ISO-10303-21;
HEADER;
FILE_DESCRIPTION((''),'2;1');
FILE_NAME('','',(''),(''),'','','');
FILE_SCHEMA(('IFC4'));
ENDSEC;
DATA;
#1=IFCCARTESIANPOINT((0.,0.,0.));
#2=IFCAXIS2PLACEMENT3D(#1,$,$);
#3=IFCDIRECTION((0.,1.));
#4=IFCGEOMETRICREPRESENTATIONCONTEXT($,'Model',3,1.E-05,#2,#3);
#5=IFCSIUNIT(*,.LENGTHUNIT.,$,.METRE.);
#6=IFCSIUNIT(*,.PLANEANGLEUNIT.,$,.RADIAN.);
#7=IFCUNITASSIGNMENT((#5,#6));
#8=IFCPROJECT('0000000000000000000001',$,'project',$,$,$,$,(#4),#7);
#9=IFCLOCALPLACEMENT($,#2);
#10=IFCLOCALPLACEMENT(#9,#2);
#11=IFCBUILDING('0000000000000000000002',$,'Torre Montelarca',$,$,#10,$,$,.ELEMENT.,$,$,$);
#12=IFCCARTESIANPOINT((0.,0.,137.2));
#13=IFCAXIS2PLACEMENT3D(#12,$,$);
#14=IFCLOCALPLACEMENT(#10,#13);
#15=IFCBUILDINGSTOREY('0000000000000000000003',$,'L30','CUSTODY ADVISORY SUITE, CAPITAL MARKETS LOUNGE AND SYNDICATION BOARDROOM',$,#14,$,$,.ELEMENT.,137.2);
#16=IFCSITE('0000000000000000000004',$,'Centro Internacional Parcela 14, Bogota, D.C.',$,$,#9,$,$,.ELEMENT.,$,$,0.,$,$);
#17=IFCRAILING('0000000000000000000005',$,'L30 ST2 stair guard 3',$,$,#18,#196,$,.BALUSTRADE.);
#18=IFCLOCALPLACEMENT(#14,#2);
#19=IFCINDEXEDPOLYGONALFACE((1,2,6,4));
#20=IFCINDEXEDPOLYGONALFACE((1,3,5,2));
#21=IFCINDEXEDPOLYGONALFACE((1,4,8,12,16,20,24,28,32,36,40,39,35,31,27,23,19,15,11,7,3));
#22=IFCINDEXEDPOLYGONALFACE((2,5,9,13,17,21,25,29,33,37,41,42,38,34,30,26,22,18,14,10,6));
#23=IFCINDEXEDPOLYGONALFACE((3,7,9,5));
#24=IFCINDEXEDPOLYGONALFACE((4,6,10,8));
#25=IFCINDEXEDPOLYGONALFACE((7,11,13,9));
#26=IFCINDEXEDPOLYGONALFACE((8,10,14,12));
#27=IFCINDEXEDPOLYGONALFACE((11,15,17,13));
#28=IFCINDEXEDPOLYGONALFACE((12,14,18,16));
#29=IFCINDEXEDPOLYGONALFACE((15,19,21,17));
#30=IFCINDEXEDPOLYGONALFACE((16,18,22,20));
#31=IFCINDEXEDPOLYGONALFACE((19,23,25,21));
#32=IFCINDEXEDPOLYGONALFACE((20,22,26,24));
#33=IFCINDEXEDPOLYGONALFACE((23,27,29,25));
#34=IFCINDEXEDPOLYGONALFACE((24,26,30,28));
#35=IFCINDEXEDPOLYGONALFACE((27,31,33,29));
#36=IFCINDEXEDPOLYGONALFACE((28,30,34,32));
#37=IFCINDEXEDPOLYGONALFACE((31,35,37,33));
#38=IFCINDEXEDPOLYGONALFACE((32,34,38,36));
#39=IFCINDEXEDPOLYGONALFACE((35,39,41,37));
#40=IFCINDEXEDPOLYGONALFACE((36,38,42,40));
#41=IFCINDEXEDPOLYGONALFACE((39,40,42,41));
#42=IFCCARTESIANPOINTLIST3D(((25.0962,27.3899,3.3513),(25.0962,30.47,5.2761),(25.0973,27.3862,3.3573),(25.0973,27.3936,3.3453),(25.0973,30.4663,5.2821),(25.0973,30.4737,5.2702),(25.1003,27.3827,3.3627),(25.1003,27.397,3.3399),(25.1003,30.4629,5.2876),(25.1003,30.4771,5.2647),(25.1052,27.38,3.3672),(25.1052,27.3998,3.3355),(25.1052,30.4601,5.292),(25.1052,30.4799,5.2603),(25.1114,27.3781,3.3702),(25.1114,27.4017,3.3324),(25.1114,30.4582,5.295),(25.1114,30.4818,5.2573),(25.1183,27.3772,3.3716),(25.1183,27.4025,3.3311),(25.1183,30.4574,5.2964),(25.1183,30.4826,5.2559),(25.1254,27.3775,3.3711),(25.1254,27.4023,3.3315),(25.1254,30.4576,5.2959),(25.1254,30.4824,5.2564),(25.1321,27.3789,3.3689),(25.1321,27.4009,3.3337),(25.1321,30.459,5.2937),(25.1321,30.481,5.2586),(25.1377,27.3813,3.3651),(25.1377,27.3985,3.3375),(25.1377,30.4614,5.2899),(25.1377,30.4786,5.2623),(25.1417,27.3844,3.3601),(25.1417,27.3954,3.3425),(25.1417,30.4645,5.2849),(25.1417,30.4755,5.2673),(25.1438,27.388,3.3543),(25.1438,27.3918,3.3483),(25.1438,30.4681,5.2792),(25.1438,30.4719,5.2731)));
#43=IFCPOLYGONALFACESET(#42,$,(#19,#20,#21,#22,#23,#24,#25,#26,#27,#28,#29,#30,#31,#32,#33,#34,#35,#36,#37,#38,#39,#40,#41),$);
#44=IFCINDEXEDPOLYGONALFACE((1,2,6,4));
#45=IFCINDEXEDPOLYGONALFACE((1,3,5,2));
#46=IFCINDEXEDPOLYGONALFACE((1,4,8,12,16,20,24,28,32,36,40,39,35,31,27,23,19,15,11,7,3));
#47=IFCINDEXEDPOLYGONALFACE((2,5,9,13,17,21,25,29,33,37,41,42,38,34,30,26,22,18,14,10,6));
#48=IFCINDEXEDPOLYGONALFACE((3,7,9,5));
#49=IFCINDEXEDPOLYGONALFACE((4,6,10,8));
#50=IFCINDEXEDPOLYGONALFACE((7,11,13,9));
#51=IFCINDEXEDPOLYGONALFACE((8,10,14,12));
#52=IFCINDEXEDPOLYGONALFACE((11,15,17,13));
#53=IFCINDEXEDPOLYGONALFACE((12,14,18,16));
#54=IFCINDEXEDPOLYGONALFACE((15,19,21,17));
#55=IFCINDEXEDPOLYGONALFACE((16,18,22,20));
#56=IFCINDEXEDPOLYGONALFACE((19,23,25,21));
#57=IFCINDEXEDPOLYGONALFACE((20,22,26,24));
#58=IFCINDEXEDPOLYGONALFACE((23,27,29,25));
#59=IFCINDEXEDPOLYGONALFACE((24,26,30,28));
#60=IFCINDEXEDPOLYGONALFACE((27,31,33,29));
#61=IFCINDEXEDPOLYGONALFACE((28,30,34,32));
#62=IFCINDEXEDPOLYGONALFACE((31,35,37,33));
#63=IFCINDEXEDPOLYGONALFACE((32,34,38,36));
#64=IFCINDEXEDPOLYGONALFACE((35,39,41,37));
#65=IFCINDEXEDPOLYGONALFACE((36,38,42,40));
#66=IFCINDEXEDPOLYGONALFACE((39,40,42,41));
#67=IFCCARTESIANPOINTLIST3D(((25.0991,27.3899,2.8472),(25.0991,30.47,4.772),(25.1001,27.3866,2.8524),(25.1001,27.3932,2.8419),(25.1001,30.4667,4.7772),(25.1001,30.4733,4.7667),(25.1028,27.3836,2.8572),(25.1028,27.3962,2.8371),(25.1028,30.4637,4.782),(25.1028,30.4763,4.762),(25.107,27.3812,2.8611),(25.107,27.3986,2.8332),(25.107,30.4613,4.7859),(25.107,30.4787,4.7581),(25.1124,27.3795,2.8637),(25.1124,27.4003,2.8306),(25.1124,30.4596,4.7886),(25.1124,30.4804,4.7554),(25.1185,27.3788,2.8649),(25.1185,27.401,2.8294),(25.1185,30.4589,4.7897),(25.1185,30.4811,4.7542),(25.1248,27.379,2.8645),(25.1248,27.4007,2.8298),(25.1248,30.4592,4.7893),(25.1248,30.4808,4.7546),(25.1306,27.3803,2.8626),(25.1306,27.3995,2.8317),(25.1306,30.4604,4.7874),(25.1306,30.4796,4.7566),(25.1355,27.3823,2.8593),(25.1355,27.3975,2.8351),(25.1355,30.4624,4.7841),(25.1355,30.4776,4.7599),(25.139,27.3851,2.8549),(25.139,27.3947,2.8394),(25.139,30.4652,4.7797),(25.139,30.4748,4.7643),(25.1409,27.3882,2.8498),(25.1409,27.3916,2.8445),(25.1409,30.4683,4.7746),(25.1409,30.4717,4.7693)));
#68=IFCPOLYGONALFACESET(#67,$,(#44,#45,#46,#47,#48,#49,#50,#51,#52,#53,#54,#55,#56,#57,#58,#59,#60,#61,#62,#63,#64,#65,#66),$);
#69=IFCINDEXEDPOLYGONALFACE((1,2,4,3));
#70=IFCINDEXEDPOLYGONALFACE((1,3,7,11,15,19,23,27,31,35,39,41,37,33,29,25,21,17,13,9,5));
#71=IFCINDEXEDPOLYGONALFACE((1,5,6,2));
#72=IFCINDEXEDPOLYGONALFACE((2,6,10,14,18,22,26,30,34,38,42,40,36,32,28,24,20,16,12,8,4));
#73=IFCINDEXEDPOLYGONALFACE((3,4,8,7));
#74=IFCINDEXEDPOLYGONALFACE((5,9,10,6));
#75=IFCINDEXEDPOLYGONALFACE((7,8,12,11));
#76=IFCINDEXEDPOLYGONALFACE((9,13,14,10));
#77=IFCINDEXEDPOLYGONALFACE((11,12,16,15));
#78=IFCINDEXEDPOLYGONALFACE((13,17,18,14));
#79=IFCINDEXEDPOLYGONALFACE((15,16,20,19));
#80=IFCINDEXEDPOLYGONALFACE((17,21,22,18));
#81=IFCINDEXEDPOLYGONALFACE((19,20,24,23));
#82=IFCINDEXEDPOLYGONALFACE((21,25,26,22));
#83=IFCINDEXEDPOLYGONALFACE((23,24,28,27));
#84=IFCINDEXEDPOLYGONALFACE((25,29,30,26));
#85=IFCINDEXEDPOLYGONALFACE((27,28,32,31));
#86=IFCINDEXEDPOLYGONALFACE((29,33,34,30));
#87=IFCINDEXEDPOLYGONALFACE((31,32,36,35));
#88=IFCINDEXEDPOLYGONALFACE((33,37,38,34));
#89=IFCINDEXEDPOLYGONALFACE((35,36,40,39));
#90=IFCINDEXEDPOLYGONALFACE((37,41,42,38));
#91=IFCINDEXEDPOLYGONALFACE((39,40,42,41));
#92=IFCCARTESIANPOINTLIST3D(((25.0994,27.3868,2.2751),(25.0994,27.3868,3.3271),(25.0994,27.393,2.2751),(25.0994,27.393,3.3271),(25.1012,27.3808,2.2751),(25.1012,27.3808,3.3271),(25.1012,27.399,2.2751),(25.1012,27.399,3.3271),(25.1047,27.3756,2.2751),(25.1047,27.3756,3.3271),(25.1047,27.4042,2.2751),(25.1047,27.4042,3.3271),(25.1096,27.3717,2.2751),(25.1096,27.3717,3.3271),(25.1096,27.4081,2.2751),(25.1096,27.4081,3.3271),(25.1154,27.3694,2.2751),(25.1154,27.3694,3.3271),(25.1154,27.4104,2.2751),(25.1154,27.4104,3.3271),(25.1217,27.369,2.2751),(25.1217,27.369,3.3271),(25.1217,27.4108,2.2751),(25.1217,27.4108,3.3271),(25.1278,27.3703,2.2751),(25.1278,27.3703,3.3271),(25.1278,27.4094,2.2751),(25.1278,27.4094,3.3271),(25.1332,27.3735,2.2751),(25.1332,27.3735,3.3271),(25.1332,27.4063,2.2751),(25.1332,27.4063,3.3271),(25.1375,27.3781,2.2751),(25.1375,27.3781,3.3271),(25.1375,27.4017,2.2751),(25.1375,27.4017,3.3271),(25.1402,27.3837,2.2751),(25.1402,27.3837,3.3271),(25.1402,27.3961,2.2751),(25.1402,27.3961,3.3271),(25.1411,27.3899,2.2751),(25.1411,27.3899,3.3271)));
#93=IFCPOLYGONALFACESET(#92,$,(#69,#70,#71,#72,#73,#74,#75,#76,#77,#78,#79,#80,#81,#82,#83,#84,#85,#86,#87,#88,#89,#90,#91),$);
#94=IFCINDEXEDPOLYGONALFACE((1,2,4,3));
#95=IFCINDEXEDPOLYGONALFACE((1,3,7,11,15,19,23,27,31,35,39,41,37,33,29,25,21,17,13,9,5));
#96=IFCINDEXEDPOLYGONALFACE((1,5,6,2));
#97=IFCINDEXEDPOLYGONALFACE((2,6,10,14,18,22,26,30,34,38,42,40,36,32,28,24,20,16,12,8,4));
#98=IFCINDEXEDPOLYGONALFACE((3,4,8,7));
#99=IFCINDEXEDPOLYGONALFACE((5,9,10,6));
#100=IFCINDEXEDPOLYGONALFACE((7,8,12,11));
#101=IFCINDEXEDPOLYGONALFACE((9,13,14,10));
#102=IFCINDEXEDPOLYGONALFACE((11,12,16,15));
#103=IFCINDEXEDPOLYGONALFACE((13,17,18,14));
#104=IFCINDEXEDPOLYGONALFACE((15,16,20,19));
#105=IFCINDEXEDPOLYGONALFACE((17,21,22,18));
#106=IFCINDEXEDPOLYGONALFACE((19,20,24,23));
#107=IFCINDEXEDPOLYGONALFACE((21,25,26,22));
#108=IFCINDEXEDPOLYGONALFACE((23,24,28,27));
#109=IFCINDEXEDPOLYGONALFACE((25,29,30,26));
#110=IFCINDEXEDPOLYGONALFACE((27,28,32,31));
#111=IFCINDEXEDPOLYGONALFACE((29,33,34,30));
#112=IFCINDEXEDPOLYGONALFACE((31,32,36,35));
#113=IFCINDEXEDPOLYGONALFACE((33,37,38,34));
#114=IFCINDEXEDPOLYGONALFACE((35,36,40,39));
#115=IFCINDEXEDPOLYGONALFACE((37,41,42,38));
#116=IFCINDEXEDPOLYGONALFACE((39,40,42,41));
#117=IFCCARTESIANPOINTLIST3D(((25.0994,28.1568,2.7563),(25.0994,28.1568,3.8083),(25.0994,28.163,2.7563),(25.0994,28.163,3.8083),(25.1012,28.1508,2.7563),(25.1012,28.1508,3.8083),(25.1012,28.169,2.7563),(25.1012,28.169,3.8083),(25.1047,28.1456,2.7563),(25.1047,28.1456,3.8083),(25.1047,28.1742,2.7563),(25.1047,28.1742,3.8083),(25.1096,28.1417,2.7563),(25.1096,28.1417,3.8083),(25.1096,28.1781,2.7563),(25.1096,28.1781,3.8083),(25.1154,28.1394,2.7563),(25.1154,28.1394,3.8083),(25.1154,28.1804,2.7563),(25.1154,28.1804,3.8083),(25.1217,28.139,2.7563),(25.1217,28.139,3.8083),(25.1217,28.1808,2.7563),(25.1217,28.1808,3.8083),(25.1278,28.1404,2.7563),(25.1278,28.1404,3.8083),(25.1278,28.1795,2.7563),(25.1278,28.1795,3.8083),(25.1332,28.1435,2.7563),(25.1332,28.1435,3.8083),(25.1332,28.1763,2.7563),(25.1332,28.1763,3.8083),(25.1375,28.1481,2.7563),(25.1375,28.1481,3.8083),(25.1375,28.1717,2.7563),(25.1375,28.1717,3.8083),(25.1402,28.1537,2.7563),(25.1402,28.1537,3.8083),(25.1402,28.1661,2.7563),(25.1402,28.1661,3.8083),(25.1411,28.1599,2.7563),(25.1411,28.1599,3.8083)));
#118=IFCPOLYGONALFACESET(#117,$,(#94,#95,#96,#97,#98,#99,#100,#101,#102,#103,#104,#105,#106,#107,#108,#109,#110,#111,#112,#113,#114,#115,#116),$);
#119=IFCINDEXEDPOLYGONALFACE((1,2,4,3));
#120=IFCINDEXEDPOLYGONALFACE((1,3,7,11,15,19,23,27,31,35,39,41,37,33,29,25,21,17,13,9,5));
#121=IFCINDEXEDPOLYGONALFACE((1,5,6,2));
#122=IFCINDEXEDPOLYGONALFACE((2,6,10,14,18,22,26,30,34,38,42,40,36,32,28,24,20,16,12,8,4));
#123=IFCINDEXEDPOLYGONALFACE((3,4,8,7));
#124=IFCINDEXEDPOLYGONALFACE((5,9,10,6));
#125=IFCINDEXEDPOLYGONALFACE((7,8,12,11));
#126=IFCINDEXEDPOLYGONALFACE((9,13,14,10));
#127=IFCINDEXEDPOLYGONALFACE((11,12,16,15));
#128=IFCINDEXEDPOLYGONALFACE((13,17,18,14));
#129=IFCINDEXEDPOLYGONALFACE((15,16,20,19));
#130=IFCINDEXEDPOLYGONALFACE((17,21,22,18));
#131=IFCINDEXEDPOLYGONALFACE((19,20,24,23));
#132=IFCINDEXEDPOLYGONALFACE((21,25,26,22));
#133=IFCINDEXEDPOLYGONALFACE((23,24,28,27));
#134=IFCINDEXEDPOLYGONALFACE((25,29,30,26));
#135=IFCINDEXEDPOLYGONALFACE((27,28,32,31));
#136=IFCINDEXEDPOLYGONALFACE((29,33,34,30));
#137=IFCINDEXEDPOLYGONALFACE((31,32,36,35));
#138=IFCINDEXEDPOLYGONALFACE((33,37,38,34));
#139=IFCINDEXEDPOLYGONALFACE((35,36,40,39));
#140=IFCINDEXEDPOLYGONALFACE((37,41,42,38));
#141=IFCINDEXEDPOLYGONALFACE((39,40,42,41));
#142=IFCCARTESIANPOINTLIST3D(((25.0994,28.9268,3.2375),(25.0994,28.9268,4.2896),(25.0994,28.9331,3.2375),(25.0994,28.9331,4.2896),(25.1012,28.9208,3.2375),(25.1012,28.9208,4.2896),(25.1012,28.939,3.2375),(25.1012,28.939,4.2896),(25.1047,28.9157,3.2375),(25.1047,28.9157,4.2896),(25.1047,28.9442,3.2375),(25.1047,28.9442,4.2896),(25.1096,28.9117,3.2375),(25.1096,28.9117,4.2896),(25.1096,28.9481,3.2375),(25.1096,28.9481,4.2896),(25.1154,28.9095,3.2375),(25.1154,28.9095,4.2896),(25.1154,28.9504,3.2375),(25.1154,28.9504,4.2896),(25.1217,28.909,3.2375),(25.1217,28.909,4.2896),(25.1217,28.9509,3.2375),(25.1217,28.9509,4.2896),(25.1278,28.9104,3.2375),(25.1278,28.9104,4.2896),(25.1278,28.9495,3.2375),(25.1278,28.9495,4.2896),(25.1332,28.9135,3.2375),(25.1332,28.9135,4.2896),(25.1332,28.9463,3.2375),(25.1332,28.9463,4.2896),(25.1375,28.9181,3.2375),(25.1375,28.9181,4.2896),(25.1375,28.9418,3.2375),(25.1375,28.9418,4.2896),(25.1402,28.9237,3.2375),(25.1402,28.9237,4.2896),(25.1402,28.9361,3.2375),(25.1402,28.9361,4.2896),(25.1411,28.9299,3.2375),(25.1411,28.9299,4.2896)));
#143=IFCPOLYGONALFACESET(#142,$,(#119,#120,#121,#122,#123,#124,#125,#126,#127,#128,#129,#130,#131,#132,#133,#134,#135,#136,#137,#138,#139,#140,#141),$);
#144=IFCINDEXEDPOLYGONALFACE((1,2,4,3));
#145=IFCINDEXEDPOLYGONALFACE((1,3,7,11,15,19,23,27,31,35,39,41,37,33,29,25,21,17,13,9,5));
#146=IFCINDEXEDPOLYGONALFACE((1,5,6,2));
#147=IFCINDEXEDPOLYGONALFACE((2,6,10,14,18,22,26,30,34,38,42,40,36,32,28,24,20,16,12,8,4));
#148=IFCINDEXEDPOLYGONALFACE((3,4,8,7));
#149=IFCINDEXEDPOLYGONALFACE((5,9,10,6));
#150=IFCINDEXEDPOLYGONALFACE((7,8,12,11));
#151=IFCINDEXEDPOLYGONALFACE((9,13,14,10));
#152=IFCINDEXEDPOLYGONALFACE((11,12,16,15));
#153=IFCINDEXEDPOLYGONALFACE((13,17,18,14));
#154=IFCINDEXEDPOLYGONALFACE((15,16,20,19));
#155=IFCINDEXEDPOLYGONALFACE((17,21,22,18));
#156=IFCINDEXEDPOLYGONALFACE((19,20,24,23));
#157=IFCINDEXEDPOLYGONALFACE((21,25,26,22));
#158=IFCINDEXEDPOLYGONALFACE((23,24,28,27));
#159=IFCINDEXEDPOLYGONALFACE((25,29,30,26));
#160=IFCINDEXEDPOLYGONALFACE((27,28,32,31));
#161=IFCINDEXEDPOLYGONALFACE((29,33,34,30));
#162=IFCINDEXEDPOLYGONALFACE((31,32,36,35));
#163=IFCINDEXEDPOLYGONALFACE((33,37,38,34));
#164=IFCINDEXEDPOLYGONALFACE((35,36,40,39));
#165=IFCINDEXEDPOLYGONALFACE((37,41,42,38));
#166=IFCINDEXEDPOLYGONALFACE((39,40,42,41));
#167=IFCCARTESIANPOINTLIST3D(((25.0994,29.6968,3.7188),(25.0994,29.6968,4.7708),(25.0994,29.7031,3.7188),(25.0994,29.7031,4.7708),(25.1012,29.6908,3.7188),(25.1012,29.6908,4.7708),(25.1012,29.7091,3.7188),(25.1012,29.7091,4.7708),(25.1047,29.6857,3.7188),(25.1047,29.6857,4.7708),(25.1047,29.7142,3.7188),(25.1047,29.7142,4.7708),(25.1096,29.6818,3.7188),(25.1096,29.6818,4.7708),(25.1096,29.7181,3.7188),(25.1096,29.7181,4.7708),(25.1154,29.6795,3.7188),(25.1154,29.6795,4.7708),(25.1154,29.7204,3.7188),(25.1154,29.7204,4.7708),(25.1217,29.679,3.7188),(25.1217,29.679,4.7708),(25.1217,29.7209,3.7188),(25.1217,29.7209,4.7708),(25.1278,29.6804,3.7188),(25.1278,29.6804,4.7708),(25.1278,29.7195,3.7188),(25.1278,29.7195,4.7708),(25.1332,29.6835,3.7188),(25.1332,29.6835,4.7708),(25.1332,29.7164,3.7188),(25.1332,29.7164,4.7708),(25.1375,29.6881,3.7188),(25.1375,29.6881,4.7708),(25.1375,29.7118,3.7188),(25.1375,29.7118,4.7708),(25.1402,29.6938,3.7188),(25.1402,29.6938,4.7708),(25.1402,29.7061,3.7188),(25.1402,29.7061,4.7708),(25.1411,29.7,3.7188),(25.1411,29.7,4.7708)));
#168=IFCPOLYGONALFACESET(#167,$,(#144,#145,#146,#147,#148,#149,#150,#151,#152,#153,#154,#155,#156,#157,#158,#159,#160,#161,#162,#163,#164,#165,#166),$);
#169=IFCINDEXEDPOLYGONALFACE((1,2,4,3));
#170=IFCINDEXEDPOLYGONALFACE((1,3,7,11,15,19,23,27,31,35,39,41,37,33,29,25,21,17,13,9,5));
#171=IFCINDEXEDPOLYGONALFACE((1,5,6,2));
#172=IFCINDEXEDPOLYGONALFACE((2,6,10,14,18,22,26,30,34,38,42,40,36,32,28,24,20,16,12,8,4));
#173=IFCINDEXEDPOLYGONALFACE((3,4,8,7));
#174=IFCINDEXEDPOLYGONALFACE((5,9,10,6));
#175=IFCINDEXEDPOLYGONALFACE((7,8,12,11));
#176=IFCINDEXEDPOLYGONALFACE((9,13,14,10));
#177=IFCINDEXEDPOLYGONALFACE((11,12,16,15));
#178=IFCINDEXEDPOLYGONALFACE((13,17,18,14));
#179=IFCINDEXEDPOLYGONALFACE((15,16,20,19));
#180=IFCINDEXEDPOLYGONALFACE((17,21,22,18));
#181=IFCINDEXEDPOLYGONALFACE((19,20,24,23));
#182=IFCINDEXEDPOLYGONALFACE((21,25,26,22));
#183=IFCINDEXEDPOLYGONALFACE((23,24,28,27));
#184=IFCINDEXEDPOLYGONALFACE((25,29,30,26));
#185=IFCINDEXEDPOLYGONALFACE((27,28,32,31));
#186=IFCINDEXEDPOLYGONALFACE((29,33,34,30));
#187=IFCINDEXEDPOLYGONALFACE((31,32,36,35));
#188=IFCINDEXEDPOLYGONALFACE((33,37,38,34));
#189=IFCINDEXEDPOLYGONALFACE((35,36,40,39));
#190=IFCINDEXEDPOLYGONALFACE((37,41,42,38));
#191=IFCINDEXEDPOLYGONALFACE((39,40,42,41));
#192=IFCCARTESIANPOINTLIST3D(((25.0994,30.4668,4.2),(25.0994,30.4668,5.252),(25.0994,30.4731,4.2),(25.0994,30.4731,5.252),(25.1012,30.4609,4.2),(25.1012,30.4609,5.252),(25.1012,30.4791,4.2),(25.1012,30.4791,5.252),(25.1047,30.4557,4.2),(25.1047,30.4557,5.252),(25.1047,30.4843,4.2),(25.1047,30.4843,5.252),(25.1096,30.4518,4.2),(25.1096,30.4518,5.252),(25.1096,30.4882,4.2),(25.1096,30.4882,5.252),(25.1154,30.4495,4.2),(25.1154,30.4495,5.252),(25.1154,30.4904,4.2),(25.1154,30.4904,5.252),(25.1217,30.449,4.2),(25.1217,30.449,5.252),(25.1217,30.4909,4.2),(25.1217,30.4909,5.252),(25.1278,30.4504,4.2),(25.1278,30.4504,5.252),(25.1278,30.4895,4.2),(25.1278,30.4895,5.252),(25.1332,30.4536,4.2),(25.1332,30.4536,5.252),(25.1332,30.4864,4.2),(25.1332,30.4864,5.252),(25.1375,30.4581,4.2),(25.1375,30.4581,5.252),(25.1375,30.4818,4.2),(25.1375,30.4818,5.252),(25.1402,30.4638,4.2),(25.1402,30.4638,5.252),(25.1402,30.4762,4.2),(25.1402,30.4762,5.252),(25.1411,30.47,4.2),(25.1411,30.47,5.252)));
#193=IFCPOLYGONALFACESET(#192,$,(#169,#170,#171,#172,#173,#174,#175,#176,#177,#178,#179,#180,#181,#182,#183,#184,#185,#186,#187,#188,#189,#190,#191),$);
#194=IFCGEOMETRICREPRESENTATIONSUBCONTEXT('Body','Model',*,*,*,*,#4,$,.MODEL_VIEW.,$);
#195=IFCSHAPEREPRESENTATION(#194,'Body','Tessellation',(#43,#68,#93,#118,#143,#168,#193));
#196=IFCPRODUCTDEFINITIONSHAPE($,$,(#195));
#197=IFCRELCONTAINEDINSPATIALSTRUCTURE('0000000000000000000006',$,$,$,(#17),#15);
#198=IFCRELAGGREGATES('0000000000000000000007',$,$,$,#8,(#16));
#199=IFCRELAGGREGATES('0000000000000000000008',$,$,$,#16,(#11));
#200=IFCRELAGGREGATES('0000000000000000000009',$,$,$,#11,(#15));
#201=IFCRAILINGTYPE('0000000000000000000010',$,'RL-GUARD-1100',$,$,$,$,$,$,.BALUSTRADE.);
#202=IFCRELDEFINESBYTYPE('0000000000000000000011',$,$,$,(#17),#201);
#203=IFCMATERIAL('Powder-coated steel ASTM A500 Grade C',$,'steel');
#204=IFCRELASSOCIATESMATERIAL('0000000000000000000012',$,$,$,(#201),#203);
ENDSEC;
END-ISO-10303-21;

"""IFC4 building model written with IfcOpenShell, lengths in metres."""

from ifc_helpers import new_model, si_unit, direction, frame, origin, origin_2d, place, context, subcontext, project, spatial, circle, extrude, material, type_object, element, save


model = new_model("IFC4")

# Units and contexts
model_context = context("Model", 3, precision=1e-05, world=origin(), true_north=direction((0.0, 1.0)))
body_context = subcontext(model_context, "Body", "Model", "MODEL_VIEW")
ifc_project = project(units=[si_unit("LENGTHUNIT", "METRE"), si_unit("PLANEANGLEUNIT", "RADIAN")], contexts=[model_context])

# Site, building, storey
site_placement = place(None, origin())
site = spatial("IfcSite", under=ifc_project, at=site_placement, Name="Centro Internacional Parcela 14, Bogota, D.C.", CompositionType="ELEMENT", RefElevation=0.0)
building_placement = place(site_placement, origin())
building = spatial("IfcBuilding", under=site, at=building_placement, Name="Torre Montelarca", CompositionType="ELEMENT")
storey_placement = place(building_placement, frame((0.0, 0.0, 137.2)))
storey = spatial("IfcBuildingStorey", under=building, at=storey_placement, Name="L30", Description="CUSTODY ADVISORY SUITE, CAPITAL MARKETS LOUNGE AND SYNDICATION BOARDROOM", CompositionType="ELEMENT", Elevation=137.2)

# Railing
ifc_material_1 = material(Name="Powder-coated steel ASTM A500 Grade C", Category="steel")
railing_type_1 = type_object("IfcRailingType", Name="RL-GUARD-1100", PredefinedType="BALUSTRADE", material=ifc_material_1)
railing_1_placement = place(storey_placement, frame((25.1201, 27.3899, 2.2751)))
element("IfcRailing", 1, at=railing_1_placement, inside=storey, type_object=railing_type_1, Name="L30 ST2 stair guard 3", PredefinedType="BALUSTRADE", context=body_context, shape_type="SweptSolid", body=[
    extrude(circle(Radius=0.0239, at=origin_2d()), frame((0.0, 0.0, 1.0762), z_axis=(0.0, 0.848029, 0.529951), x_axis=(-1.0, 0.0, 0.0)), (0.0, 0.0, 1.0), 3.6321),
    extrude(circle(Radius=0.021, at=origin_2d()), frame((0.0, 0.0, 0.572), z_axis=(0.0, 0.848029, 0.529951), x_axis=(-1.0, 0.0, 0.0)), (0.0, 0.0, 1.0), 3.6321),
    extrude(circle(Radius=0.021, at=origin_2d()), origin(), (0.0, 0.0, 1.0), 1.052),
    extrude(circle(Radius=0.021, at=origin_2d()), frame((0.0, 0.77, 0.4812)), (0.0, 0.0, 1.0), 1.052),
    extrude(circle(Radius=0.021, at=origin_2d()), frame((0.0, 1.54, 0.9624)), (0.0, 0.0, 1.0), 1.052),
    extrude(circle(Radius=0.021, at=origin_2d()), frame((0.0, 2.3101, 1.4436)), (0.0, 0.0, 1.0), 1.052),
    extrude(circle(Radius=0.021, at=origin_2d()), frame((0.0, 3.0801, 1.9248)), (0.0, 0.0, 1.0), 1.052),
])

save(model, "model.ifc")
